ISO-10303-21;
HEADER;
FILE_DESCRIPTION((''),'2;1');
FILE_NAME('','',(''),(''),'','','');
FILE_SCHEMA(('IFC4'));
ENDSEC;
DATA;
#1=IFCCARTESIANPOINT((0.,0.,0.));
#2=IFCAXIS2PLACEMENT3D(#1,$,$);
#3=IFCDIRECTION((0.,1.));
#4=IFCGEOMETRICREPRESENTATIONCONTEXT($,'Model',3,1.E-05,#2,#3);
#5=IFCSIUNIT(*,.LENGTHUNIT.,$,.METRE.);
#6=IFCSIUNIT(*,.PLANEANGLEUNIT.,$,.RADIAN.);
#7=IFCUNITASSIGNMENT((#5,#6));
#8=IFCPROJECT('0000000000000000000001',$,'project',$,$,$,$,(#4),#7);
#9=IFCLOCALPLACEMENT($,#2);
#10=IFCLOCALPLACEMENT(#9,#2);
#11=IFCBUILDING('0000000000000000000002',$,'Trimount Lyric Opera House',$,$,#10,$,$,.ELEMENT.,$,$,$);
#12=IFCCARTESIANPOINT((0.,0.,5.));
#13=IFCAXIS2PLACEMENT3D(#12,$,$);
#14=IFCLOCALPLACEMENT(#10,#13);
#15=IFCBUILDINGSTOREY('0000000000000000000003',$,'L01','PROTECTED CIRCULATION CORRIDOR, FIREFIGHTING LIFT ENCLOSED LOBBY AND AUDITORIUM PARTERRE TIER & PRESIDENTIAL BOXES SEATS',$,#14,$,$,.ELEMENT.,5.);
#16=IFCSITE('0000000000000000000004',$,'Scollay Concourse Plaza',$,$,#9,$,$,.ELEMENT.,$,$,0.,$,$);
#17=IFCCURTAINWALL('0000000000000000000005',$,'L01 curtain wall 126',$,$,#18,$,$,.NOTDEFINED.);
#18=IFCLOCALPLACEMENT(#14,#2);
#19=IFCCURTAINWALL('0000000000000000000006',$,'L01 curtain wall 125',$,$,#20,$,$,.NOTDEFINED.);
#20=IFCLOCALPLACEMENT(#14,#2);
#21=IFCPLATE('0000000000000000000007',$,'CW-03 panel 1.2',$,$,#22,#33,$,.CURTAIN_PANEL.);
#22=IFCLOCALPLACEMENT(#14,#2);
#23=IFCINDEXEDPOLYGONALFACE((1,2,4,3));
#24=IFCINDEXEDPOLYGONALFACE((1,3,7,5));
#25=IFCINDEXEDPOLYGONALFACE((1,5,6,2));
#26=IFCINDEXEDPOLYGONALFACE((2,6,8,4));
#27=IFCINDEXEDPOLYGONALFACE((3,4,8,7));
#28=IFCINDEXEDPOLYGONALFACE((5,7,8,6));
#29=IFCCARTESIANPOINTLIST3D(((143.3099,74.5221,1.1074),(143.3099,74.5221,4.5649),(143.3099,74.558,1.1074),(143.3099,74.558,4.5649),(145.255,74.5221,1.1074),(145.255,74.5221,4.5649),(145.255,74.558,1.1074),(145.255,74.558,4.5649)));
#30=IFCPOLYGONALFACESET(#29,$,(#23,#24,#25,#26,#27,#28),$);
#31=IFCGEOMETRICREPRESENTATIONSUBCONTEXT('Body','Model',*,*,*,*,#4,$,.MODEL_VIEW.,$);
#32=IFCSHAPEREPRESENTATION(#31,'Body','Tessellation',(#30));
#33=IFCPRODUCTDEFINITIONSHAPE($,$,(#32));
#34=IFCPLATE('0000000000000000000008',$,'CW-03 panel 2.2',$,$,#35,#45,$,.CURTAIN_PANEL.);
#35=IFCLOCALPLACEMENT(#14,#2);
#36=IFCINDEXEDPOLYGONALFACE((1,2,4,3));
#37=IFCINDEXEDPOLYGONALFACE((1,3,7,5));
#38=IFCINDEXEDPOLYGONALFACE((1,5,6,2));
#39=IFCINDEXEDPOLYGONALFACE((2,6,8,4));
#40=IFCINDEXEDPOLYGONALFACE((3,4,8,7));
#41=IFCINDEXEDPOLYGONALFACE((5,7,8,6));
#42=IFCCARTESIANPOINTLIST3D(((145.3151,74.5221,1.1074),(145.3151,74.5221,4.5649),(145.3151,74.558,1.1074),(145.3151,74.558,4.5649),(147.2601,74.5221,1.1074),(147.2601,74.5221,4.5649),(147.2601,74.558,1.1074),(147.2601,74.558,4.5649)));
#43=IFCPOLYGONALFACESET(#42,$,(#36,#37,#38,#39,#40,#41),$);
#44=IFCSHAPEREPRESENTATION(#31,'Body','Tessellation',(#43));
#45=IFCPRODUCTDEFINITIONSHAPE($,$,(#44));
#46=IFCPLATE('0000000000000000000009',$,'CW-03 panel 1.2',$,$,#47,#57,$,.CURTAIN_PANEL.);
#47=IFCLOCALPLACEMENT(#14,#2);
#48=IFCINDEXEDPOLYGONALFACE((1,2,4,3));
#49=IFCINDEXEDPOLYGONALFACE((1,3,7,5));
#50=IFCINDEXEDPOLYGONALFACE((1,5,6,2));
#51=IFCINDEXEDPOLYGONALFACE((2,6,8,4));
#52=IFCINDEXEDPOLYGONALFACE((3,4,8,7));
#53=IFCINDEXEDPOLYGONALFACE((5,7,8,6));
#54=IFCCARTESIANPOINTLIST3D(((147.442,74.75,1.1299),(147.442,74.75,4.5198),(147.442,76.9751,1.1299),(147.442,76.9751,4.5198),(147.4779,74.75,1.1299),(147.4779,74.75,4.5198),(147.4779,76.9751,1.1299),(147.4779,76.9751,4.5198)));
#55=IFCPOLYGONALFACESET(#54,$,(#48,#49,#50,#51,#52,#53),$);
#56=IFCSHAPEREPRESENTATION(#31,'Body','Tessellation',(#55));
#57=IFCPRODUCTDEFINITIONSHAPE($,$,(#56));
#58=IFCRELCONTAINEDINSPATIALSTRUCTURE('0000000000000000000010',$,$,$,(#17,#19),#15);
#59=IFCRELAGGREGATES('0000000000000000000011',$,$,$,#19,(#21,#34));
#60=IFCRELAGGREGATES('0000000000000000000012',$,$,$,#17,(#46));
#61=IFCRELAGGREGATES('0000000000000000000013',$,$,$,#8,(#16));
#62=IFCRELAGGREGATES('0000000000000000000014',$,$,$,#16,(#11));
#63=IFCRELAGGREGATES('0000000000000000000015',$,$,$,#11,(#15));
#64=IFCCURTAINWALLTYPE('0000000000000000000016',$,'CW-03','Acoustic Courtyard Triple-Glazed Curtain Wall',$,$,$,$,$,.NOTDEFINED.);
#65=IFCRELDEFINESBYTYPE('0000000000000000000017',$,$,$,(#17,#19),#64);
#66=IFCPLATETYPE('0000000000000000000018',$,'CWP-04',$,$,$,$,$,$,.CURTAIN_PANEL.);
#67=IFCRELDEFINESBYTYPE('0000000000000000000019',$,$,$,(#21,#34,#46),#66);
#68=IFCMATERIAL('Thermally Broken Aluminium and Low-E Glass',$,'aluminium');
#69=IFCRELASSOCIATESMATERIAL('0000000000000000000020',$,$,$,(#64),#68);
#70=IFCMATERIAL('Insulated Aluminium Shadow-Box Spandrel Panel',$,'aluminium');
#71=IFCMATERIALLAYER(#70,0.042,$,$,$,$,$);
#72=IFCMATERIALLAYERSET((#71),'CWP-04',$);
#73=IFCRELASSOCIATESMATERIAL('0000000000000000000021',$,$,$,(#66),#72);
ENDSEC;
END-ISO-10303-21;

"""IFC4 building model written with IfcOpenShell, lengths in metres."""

from ifc_helpers import new_model, si_unit, direction, frame, origin, origin_2d, place, context, subcontext, project, spatial, rectangle, extrude, material, layer, layer_set, type_object, element, aggregate, save


model = new_model("IFC4")

# Units and contexts
model_context = context("Model", 3, precision=1e-05, world=origin(), true_north=direction((0.0, 1.0)))
body_context = subcontext(model_context, "Body", "Model", "MODEL_VIEW")
ifc_project = project(units=[si_unit("LENGTHUNIT", "METRE"), si_unit("PLANEANGLEUNIT", "RADIAN")], contexts=[model_context])

# Site, building, storey
site_placement = place(None, origin())
site = spatial("IfcSite", under=ifc_project, at=site_placement, Name="Scollay Concourse Plaza", CompositionType="ELEMENT", RefElevation=0.0)
building_placement = place(site_placement, origin())
building = spatial("IfcBuilding", under=site, at=building_placement, Name="Trimount Lyric Opera House", CompositionType="ELEMENT")
storey_placement = place(building_placement, frame((0.0, 0.0, 5.0)))
storey = spatial("IfcBuildingStorey", under=building, at=storey_placement, Name="L01", Description="PROTECTED CIRCULATION CORRIDOR, FIREFIGHTING LIFT ENCLOSED LOBBY AND AUDITORIUM PARTERRE TIER & PRESIDENTIAL BOXES SEATS", CompositionType="ELEMENT", Elevation=5.0)

# Curtain wall
ifc_material_1 = material(Name="Thermally Broken Aluminium and Low-E Glass", Category="aluminium")
curtain_wall_type = type_object("IfcCurtainWallType", Name="CW-03", Description="Acoustic Courtyard Triple-Glazed Curtain Wall", PredefinedType="NOTDEFINED", material=ifc_material_1)
curtain_wall_1_placement = place(storey_placement, origin())
curtain_wall_1 = element("IfcCurtainWall", 1, at=curtain_wall_1_placement, inside=storey, type_object=curtain_wall_type, Name="L01 curtain wall 126", PredefinedType="NOTDEFINED")

# Curtain wall
curtain_wall_2_placement = place(storey_placement, origin())
curtain_wall_2 = element("IfcCurtainWall", 2, at=curtain_wall_2_placement, inside=storey, type_object=curtain_wall_type, Name="L01 curtain wall 125", PredefinedType="NOTDEFINED")

# Plates
ifc_material_2 = material(Name="Insulated Aluminium Shadow-Box Spandrel Panel", Category="aluminium")
ifc_layer_1 = layer(ifc_material_2, 0.042)
ifc_layer_set_1 = layer_set([ifc_layer_1], Name="CWP-04")
plate_type_1 = type_object("IfcPlateType", Name="CWP-04", PredefinedType="CURTAIN_PANEL", material=ifc_layer_set_1)
plate_1_placement = place(storey_placement, frame((144.2825, 74.54, 1.1074), z_axis=(0.0, 0.0, 1.0), x_axis=(1.0, 0.0, 0.0)))
plate_1 = element("IfcPlate", 3, at=plate_1_placement, type_object=plate_type_1, Name="CW-03 panel 1.2", PredefinedType="CURTAIN_PANEL", context=body_context, shape_type="SweptSolid", body=[
    extrude(rectangle(XDim=1.9451, YDim=0.0359, at=origin_2d()), origin(), (0.0, 0.0, 1.0), 3.4575),
])
plate_2_placement = place(storey_placement, frame((146.2876, 74.54, 1.1074), z_axis=(0.0, 0.0, 1.0), x_axis=(1.0, 0.0, 0.0)))
plate_2 = element("IfcPlate", 4, at=plate_2_placement, type_object=plate_type_1, Name="CW-03 panel 2.2", PredefinedType="CURTAIN_PANEL", context=body_context, shape_type="SweptSolid", body=[
    extrude(rectangle(XDim=1.9451, YDim=0.0359, at=origin_2d()), origin(), (0.0, 0.0, 1.0), 3.4575),
])
aggregate(curtain_wall_2, [plate_1, plate_2])
plate_3_placement = place(storey_placement, frame((147.46, 75.8625, 1.1299), z_axis=(0.0, 0.0, 1.0), x_axis=(0.0, 1.0, 0.0)))
plate_3 = element("IfcPlate", 5, at=plate_3_placement, type_object=plate_type_1, Name="CW-03 panel 1.2", PredefinedType="CURTAIN_PANEL", context=body_context, shape_type="SweptSolid", body=[
    extrude(rectangle(XDim=2.2251, YDim=0.0359, at=origin_2d()), origin(), (0.0, 0.0, 1.0), 3.3899),
])
aggregate(curtain_wall_1, [plate_3])

save(model, "model.ifc")
